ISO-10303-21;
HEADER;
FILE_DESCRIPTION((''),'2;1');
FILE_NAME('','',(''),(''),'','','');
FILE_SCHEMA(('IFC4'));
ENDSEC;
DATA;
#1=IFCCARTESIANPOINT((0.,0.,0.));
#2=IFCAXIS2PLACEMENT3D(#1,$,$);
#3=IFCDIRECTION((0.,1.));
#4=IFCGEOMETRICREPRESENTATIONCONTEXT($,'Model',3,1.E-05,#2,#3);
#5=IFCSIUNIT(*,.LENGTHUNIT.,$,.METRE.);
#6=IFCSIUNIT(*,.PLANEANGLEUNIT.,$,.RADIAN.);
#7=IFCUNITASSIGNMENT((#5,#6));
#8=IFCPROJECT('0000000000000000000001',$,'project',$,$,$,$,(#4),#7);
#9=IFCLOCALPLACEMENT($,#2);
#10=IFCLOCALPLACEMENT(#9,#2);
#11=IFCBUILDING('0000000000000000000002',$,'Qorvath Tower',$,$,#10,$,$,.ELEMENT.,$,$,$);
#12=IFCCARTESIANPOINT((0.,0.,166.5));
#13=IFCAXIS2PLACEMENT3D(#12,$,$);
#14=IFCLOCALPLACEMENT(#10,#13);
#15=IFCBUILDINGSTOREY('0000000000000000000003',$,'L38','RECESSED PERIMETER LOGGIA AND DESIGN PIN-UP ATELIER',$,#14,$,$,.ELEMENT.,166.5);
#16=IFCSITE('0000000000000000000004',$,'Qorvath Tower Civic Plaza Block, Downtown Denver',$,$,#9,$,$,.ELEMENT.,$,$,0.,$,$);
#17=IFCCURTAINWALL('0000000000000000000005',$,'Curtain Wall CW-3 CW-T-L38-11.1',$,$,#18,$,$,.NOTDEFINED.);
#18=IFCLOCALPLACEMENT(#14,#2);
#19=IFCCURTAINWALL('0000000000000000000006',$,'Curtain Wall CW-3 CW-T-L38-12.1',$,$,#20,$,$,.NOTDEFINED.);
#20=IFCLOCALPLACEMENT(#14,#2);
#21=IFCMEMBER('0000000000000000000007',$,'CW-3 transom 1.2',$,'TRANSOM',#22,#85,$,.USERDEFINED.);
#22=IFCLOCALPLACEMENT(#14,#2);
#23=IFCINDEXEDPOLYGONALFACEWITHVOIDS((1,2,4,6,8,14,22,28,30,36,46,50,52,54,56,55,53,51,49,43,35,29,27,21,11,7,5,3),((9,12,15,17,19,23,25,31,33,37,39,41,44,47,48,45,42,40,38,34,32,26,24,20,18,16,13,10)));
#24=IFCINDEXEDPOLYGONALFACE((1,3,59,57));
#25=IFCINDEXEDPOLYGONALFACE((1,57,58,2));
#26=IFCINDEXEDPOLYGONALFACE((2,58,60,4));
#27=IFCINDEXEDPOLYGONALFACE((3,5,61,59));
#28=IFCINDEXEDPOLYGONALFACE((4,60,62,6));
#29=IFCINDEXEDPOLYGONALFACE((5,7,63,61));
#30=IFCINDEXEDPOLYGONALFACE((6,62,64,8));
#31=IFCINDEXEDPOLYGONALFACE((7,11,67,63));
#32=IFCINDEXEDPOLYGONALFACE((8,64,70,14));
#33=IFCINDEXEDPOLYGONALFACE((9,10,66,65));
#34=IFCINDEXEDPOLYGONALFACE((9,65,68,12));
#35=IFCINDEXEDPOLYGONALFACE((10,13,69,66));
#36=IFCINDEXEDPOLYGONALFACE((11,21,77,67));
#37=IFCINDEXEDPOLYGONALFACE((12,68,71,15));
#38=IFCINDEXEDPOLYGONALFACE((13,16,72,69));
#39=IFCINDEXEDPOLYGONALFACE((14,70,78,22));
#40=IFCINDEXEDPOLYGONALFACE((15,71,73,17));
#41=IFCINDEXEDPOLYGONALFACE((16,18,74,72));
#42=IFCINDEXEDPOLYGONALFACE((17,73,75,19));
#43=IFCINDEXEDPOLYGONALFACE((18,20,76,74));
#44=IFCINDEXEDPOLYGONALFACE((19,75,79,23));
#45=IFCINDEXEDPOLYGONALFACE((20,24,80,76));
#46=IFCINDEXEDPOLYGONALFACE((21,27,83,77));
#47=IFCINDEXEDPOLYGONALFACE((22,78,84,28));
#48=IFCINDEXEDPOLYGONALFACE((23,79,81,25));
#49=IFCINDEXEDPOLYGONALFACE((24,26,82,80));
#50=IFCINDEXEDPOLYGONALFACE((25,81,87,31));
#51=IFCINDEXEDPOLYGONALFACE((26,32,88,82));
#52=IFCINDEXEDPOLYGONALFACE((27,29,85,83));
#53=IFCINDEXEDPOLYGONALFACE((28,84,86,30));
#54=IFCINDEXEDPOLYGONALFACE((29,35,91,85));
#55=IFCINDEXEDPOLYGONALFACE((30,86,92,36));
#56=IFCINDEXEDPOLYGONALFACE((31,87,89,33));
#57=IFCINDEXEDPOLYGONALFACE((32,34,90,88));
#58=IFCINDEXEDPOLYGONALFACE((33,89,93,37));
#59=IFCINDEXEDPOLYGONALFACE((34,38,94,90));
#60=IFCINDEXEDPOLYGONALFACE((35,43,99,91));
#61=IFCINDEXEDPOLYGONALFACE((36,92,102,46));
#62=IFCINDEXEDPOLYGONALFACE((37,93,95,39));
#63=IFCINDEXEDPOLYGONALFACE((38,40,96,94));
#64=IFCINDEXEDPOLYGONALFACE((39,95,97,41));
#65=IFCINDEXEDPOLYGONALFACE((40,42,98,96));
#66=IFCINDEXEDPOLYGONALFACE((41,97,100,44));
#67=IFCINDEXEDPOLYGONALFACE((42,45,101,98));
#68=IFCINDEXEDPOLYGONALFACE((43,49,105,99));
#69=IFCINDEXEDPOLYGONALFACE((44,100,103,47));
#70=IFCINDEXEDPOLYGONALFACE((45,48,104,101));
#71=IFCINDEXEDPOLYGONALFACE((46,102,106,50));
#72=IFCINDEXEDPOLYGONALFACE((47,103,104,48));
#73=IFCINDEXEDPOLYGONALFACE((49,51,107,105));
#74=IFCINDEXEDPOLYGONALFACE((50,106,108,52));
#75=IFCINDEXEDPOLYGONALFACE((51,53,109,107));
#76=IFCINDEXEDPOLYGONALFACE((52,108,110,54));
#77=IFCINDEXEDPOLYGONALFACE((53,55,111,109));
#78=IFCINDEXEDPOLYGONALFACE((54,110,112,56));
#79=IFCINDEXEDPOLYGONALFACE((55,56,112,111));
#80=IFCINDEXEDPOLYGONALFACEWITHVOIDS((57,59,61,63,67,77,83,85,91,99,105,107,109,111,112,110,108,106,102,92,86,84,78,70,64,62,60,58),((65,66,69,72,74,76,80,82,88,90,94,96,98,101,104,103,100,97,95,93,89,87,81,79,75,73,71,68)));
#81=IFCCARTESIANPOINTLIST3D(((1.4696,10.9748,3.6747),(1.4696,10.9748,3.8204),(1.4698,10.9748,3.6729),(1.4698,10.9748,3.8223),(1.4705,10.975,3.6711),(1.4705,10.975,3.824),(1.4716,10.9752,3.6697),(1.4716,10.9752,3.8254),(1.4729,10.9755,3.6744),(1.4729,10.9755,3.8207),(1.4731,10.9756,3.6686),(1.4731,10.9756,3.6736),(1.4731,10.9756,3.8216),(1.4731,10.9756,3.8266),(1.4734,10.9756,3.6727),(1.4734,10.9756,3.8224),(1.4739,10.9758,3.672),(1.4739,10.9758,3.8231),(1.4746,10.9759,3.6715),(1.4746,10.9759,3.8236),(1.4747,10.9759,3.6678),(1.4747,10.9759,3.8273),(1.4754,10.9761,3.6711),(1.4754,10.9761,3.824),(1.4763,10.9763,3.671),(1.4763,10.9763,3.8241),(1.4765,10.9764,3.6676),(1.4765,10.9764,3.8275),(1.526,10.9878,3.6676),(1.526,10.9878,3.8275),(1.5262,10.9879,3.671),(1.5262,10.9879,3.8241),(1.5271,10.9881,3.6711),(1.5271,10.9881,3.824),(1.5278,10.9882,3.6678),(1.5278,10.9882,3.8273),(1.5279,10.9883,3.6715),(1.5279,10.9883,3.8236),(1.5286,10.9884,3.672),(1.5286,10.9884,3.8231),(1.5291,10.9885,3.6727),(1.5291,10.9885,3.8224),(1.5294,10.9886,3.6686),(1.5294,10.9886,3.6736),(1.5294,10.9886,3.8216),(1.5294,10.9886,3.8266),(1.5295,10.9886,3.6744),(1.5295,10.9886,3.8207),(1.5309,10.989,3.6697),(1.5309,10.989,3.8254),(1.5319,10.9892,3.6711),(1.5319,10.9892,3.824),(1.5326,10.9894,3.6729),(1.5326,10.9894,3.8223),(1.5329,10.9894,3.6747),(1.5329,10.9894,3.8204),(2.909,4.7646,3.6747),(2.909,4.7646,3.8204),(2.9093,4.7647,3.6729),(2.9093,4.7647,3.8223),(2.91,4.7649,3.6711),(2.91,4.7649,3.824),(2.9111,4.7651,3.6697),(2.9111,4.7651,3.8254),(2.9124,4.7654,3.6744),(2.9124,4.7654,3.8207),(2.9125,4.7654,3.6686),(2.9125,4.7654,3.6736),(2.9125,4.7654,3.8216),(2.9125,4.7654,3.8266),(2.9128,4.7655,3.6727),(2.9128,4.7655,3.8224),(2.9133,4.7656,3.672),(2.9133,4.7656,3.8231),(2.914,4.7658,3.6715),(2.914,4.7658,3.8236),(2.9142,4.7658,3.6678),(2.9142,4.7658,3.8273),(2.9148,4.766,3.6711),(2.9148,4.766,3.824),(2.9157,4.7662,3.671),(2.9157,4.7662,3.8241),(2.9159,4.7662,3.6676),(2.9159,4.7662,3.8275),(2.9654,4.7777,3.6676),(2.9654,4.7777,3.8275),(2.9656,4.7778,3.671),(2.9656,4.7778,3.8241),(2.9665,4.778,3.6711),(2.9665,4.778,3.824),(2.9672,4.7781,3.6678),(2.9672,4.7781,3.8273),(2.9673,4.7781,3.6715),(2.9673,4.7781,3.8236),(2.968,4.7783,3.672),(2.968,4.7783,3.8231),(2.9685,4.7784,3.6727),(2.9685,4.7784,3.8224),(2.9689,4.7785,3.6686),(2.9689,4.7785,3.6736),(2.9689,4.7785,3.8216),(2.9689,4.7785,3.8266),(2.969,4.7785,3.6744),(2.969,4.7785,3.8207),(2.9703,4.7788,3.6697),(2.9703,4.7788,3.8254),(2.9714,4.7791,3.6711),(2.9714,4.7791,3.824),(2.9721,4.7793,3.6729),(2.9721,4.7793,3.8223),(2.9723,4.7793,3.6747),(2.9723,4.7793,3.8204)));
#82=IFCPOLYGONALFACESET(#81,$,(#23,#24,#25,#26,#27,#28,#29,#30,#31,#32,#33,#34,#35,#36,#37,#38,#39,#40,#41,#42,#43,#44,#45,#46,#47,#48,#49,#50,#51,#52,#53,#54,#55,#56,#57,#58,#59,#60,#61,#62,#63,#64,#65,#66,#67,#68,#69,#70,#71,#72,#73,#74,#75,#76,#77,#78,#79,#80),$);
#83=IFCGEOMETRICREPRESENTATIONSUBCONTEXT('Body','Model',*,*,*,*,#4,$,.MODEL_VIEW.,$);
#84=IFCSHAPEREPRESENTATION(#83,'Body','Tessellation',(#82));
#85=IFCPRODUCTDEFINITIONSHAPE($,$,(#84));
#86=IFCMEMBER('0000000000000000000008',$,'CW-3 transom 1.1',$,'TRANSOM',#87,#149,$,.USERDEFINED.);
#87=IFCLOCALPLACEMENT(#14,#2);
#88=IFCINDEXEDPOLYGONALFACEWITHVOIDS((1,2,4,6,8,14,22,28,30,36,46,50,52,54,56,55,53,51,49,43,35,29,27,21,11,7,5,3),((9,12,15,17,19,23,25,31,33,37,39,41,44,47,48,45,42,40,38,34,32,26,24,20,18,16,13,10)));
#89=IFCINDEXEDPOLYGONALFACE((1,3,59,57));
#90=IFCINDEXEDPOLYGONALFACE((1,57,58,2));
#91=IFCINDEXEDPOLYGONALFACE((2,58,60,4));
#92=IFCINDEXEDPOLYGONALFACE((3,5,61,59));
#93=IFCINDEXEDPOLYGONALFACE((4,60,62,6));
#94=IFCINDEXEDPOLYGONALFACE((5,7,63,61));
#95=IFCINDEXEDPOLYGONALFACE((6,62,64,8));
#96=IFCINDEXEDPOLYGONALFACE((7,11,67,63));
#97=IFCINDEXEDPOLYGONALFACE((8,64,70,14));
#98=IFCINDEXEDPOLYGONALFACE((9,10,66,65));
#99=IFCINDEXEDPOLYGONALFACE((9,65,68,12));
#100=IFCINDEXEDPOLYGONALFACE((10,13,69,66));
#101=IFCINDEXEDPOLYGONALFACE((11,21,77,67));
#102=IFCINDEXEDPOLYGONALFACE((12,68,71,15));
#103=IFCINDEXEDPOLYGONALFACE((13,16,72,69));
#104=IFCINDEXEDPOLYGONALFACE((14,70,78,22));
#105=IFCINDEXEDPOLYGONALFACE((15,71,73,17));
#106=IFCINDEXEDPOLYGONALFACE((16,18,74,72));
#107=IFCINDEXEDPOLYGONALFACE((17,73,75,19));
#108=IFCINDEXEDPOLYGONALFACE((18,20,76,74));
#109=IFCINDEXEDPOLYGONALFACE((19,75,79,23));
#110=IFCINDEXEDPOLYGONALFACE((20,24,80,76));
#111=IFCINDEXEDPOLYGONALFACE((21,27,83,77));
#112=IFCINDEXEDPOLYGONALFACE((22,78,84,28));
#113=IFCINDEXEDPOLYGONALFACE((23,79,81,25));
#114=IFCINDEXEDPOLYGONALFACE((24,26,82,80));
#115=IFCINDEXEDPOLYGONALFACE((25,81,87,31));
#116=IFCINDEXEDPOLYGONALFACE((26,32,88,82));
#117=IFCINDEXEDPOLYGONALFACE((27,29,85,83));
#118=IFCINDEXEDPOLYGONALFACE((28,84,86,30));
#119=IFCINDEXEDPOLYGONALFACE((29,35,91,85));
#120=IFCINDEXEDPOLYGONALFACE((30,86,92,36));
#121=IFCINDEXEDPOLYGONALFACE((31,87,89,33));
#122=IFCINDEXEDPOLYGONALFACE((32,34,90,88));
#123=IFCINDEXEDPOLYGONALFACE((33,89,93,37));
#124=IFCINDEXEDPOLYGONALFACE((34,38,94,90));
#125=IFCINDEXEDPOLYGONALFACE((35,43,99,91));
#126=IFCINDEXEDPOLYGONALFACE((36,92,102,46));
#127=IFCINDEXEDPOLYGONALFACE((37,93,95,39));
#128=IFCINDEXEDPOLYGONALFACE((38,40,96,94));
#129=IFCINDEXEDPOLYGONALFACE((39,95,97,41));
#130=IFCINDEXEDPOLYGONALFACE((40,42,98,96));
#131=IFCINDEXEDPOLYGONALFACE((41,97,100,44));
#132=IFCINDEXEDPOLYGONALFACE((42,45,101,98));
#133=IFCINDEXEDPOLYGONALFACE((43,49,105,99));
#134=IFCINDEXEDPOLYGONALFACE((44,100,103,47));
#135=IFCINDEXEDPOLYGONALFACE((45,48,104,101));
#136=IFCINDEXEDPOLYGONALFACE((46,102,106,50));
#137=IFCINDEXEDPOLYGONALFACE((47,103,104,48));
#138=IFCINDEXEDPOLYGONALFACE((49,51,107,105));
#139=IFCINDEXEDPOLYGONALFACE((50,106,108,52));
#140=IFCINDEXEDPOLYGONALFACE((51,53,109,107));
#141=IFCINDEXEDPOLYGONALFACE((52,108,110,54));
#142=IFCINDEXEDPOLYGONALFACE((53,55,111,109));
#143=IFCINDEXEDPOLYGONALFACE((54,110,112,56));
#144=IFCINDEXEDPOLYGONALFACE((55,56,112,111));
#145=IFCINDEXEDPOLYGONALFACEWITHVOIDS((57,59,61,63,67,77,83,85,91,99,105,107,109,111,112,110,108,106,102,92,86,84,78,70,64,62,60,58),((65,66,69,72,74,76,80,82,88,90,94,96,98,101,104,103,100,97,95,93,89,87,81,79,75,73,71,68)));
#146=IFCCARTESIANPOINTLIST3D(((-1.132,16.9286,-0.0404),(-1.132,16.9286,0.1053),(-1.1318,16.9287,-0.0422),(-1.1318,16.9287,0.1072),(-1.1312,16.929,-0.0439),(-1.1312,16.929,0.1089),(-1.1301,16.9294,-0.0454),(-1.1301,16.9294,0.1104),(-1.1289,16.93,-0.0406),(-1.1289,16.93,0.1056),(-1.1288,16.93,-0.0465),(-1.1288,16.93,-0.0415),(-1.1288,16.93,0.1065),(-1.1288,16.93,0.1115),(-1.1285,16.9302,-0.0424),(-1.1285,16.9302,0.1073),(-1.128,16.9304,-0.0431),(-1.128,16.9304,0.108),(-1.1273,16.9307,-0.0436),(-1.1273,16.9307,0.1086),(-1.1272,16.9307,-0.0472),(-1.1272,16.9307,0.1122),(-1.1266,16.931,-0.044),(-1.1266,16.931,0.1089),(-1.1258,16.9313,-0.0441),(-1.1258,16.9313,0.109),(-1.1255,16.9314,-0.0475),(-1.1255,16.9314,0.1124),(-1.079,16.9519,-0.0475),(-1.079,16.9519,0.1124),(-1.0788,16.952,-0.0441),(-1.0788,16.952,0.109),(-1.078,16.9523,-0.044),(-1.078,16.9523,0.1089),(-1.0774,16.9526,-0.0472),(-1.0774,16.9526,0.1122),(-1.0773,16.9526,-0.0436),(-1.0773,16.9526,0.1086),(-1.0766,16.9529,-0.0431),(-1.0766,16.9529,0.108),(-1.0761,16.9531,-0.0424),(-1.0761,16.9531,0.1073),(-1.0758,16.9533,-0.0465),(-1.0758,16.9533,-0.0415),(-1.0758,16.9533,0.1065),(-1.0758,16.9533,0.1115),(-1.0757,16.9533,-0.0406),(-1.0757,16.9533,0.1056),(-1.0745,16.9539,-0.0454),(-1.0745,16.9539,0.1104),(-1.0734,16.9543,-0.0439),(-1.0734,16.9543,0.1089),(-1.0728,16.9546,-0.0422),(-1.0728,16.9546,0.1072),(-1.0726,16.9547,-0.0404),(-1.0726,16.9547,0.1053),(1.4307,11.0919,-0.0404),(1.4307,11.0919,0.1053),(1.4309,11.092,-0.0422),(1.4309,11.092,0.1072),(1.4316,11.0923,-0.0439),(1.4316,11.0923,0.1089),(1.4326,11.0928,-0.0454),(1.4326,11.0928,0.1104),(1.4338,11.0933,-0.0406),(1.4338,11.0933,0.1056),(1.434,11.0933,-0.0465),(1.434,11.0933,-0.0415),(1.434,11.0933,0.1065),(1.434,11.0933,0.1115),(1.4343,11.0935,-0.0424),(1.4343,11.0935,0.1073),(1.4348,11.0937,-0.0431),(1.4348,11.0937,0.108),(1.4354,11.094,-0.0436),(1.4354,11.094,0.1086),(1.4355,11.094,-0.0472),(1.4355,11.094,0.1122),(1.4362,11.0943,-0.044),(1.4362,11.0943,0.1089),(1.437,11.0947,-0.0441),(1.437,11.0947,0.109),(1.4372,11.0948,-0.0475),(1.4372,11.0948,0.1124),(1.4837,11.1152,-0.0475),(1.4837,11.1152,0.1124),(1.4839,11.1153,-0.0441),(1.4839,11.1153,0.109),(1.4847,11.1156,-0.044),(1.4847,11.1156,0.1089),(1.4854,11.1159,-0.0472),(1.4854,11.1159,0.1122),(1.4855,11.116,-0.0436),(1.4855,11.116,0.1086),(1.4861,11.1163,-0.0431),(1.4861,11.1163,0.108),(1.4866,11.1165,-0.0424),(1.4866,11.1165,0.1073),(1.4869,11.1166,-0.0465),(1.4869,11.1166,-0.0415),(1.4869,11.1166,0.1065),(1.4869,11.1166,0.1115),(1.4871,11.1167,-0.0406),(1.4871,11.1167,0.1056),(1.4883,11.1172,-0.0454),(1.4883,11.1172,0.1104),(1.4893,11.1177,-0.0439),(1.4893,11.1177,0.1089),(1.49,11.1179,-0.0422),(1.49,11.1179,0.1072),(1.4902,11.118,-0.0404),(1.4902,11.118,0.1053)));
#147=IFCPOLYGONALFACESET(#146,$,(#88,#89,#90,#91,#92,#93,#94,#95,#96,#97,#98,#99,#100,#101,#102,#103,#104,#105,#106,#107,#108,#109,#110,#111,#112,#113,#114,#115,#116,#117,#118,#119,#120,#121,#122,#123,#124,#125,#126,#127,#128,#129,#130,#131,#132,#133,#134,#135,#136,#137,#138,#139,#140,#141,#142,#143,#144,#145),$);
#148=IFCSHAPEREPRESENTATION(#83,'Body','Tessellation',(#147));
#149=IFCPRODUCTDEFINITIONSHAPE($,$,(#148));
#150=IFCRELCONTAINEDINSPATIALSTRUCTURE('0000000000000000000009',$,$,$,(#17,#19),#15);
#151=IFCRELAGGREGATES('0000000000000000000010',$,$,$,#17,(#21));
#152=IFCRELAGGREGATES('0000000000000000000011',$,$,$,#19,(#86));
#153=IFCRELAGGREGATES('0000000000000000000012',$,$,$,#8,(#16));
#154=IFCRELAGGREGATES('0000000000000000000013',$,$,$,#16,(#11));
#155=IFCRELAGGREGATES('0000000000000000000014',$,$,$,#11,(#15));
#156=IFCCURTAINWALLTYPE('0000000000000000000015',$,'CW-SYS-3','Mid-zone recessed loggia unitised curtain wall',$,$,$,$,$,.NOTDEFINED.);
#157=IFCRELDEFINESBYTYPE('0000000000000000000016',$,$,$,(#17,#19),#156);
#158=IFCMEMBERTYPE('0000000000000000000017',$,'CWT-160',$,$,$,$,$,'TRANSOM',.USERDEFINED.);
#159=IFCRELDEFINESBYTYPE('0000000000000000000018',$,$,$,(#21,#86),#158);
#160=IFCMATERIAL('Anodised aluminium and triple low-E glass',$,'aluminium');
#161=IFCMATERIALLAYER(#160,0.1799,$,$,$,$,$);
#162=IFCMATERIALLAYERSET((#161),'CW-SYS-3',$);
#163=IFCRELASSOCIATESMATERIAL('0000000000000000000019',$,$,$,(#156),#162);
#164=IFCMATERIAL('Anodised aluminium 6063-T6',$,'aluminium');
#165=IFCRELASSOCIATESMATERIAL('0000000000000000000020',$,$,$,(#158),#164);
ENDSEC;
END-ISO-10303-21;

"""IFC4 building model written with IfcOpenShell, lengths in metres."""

from ifc_helpers import new_model, si_unit, direction, frame, origin, origin_2d, place, context, subcontext, project, spatial, hollow_rectangle, extrude, material, layer, layer_set, material_profile, profile_set, type_object, element, aggregate, save


model = new_model("IFC4")

# Units and contexts
model_context = context("Model", 3, precision=1e-05, world=origin(), true_north=direction((0.0, 1.0)))
body_context = subcontext(model_context, "Body", "Model", "MODEL_VIEW")
ifc_project = project(units=[si_unit("LENGTHUNIT", "METRE"), si_unit("PLANEANGLEUNIT", "RADIAN")], contexts=[model_context])

# Site, building, storey
site_placement = place(None, origin())
site = spatial("IfcSite", under=ifc_project, at=site_placement, Name="Qorvath Tower Civic Plaza Block, Downtown Denver", CompositionType="ELEMENT", RefElevation=0.0)
building_placement = place(site_placement, origin())
building = spatial("IfcBuilding", under=site, at=building_placement, Name="Qorvath Tower", CompositionType="ELEMENT")
storey_placement = place(building_placement, frame((0.0, 0.0, 166.5)))
storey = spatial("IfcBuildingStorey", under=building, at=storey_placement, Name="L38", Description="RECESSED PERIMETER LOGGIA AND DESIGN PIN-UP ATELIER", CompositionType="ELEMENT", Elevation=166.5)

# Curtain walls
ifc_material_1 = material(Name="Anodised aluminium and triple low-E glass", Category="aluminium")
ifc_layer_1 = layer(ifc_material_1, 0.1799)
ifc_layer_set_1 = layer_set([ifc_layer_1], Name="CW-SYS-3")
curtain_wall_type = type_object("IfcCurtainWallType", Name="CW-SYS-3", Description="Mid-zone recessed loggia unitised curtain wall", PredefinedType="NOTDEFINED", material=ifc_layer_set_1)
curtain_wall_1_placement = place(storey_placement, origin())
curtain_wall_1 = element("IfcCurtainWall", 1, at=curtain_wall_1_placement, inside=storey, type_object=curtain_wall_type, Name="Curtain Wall CW-3 CW-T-L38-11.1", PredefinedType="NOTDEFINED")
curtain_wall_2_placement = place(storey_placement, origin())
curtain_wall_2 = element("IfcCurtainWall", 2, at=curtain_wall_2_placement, inside=storey, type_object=curtain_wall_type, Name="Curtain Wall CW-3 CW-T-L38-12.1", PredefinedType="NOTDEFINED")

# Members
ifc_material_2 = material(Name="Anodised aluminium 6063-T6", Category="aluminium")
ifc_material_profile_1 = material_profile(ifc_material_2, hollow_rectangle(XDim=0.0649, YDim=0.1599, WallThickness=0.0034, InnerFilletRadius=0.0034, OuterFilletRadius=0.0071, at=origin_2d()), Name="CWT 160x65")
ifc_profile_set_1 = profile_set([ifc_material_profile_1], Name="Anodised aluminium 6063-T6")
member_type_1 = type_object("IfcMemberType", Name="CWT-160", ElementType="TRANSOM", PredefinedType="USERDEFINED", material=ifc_profile_set_1)
member_1_placement = place(storey_placement, frame((2.9407, 4.772, 3.7476), z_axis=(-0.225802, 0.974173, 0.0), x_axis=(-0.974173, -0.225802, 0.0)))
member_1 = element("IfcMember", 3, at=member_1_placement, type_object=member_type_1, Name="CW-3 transom 1.2", ObjectType="TRANSOM", PredefinedType="USERDEFINED", context=body_context, shape_type="SweptSolid", body=[
    extrude(hollow_rectangle(XDim=0.0649, YDim=0.1599, WallThickness=0.0034, InnerFilletRadius=0.0034, OuterFilletRadius=0.0071, at=origin_2d()), origin(), (0.0, 0.0, 1.0), 6.3748),
])
member_2_placement = place(storey_placement, frame((1.4604, 11.105, 0.0325), z_axis=(-0.40203, 0.915626, 0.0), x_axis=(-0.915626, -0.40203, 0.0)))
member_2 = element("IfcMember", 4, at=member_2_placement, type_object=member_type_1, Name="CW-3 transom 1.1", ObjectType="TRANSOM", PredefinedType="USERDEFINED", context=body_context, shape_type="SweptSolid", body=[
    extrude(hollow_rectangle(XDim=0.0649, YDim=0.1599, WallThickness=0.0034, InnerFilletRadius=0.0034, OuterFilletRadius=0.0071, at=origin_2d()), origin(), (0.0, 0.0, 1.0), 6.3745),
])

aggregate(curtain_wall_1, [member_1])
aggregate(curtain_wall_2, [member_2])

save(model, "model.ifc")
